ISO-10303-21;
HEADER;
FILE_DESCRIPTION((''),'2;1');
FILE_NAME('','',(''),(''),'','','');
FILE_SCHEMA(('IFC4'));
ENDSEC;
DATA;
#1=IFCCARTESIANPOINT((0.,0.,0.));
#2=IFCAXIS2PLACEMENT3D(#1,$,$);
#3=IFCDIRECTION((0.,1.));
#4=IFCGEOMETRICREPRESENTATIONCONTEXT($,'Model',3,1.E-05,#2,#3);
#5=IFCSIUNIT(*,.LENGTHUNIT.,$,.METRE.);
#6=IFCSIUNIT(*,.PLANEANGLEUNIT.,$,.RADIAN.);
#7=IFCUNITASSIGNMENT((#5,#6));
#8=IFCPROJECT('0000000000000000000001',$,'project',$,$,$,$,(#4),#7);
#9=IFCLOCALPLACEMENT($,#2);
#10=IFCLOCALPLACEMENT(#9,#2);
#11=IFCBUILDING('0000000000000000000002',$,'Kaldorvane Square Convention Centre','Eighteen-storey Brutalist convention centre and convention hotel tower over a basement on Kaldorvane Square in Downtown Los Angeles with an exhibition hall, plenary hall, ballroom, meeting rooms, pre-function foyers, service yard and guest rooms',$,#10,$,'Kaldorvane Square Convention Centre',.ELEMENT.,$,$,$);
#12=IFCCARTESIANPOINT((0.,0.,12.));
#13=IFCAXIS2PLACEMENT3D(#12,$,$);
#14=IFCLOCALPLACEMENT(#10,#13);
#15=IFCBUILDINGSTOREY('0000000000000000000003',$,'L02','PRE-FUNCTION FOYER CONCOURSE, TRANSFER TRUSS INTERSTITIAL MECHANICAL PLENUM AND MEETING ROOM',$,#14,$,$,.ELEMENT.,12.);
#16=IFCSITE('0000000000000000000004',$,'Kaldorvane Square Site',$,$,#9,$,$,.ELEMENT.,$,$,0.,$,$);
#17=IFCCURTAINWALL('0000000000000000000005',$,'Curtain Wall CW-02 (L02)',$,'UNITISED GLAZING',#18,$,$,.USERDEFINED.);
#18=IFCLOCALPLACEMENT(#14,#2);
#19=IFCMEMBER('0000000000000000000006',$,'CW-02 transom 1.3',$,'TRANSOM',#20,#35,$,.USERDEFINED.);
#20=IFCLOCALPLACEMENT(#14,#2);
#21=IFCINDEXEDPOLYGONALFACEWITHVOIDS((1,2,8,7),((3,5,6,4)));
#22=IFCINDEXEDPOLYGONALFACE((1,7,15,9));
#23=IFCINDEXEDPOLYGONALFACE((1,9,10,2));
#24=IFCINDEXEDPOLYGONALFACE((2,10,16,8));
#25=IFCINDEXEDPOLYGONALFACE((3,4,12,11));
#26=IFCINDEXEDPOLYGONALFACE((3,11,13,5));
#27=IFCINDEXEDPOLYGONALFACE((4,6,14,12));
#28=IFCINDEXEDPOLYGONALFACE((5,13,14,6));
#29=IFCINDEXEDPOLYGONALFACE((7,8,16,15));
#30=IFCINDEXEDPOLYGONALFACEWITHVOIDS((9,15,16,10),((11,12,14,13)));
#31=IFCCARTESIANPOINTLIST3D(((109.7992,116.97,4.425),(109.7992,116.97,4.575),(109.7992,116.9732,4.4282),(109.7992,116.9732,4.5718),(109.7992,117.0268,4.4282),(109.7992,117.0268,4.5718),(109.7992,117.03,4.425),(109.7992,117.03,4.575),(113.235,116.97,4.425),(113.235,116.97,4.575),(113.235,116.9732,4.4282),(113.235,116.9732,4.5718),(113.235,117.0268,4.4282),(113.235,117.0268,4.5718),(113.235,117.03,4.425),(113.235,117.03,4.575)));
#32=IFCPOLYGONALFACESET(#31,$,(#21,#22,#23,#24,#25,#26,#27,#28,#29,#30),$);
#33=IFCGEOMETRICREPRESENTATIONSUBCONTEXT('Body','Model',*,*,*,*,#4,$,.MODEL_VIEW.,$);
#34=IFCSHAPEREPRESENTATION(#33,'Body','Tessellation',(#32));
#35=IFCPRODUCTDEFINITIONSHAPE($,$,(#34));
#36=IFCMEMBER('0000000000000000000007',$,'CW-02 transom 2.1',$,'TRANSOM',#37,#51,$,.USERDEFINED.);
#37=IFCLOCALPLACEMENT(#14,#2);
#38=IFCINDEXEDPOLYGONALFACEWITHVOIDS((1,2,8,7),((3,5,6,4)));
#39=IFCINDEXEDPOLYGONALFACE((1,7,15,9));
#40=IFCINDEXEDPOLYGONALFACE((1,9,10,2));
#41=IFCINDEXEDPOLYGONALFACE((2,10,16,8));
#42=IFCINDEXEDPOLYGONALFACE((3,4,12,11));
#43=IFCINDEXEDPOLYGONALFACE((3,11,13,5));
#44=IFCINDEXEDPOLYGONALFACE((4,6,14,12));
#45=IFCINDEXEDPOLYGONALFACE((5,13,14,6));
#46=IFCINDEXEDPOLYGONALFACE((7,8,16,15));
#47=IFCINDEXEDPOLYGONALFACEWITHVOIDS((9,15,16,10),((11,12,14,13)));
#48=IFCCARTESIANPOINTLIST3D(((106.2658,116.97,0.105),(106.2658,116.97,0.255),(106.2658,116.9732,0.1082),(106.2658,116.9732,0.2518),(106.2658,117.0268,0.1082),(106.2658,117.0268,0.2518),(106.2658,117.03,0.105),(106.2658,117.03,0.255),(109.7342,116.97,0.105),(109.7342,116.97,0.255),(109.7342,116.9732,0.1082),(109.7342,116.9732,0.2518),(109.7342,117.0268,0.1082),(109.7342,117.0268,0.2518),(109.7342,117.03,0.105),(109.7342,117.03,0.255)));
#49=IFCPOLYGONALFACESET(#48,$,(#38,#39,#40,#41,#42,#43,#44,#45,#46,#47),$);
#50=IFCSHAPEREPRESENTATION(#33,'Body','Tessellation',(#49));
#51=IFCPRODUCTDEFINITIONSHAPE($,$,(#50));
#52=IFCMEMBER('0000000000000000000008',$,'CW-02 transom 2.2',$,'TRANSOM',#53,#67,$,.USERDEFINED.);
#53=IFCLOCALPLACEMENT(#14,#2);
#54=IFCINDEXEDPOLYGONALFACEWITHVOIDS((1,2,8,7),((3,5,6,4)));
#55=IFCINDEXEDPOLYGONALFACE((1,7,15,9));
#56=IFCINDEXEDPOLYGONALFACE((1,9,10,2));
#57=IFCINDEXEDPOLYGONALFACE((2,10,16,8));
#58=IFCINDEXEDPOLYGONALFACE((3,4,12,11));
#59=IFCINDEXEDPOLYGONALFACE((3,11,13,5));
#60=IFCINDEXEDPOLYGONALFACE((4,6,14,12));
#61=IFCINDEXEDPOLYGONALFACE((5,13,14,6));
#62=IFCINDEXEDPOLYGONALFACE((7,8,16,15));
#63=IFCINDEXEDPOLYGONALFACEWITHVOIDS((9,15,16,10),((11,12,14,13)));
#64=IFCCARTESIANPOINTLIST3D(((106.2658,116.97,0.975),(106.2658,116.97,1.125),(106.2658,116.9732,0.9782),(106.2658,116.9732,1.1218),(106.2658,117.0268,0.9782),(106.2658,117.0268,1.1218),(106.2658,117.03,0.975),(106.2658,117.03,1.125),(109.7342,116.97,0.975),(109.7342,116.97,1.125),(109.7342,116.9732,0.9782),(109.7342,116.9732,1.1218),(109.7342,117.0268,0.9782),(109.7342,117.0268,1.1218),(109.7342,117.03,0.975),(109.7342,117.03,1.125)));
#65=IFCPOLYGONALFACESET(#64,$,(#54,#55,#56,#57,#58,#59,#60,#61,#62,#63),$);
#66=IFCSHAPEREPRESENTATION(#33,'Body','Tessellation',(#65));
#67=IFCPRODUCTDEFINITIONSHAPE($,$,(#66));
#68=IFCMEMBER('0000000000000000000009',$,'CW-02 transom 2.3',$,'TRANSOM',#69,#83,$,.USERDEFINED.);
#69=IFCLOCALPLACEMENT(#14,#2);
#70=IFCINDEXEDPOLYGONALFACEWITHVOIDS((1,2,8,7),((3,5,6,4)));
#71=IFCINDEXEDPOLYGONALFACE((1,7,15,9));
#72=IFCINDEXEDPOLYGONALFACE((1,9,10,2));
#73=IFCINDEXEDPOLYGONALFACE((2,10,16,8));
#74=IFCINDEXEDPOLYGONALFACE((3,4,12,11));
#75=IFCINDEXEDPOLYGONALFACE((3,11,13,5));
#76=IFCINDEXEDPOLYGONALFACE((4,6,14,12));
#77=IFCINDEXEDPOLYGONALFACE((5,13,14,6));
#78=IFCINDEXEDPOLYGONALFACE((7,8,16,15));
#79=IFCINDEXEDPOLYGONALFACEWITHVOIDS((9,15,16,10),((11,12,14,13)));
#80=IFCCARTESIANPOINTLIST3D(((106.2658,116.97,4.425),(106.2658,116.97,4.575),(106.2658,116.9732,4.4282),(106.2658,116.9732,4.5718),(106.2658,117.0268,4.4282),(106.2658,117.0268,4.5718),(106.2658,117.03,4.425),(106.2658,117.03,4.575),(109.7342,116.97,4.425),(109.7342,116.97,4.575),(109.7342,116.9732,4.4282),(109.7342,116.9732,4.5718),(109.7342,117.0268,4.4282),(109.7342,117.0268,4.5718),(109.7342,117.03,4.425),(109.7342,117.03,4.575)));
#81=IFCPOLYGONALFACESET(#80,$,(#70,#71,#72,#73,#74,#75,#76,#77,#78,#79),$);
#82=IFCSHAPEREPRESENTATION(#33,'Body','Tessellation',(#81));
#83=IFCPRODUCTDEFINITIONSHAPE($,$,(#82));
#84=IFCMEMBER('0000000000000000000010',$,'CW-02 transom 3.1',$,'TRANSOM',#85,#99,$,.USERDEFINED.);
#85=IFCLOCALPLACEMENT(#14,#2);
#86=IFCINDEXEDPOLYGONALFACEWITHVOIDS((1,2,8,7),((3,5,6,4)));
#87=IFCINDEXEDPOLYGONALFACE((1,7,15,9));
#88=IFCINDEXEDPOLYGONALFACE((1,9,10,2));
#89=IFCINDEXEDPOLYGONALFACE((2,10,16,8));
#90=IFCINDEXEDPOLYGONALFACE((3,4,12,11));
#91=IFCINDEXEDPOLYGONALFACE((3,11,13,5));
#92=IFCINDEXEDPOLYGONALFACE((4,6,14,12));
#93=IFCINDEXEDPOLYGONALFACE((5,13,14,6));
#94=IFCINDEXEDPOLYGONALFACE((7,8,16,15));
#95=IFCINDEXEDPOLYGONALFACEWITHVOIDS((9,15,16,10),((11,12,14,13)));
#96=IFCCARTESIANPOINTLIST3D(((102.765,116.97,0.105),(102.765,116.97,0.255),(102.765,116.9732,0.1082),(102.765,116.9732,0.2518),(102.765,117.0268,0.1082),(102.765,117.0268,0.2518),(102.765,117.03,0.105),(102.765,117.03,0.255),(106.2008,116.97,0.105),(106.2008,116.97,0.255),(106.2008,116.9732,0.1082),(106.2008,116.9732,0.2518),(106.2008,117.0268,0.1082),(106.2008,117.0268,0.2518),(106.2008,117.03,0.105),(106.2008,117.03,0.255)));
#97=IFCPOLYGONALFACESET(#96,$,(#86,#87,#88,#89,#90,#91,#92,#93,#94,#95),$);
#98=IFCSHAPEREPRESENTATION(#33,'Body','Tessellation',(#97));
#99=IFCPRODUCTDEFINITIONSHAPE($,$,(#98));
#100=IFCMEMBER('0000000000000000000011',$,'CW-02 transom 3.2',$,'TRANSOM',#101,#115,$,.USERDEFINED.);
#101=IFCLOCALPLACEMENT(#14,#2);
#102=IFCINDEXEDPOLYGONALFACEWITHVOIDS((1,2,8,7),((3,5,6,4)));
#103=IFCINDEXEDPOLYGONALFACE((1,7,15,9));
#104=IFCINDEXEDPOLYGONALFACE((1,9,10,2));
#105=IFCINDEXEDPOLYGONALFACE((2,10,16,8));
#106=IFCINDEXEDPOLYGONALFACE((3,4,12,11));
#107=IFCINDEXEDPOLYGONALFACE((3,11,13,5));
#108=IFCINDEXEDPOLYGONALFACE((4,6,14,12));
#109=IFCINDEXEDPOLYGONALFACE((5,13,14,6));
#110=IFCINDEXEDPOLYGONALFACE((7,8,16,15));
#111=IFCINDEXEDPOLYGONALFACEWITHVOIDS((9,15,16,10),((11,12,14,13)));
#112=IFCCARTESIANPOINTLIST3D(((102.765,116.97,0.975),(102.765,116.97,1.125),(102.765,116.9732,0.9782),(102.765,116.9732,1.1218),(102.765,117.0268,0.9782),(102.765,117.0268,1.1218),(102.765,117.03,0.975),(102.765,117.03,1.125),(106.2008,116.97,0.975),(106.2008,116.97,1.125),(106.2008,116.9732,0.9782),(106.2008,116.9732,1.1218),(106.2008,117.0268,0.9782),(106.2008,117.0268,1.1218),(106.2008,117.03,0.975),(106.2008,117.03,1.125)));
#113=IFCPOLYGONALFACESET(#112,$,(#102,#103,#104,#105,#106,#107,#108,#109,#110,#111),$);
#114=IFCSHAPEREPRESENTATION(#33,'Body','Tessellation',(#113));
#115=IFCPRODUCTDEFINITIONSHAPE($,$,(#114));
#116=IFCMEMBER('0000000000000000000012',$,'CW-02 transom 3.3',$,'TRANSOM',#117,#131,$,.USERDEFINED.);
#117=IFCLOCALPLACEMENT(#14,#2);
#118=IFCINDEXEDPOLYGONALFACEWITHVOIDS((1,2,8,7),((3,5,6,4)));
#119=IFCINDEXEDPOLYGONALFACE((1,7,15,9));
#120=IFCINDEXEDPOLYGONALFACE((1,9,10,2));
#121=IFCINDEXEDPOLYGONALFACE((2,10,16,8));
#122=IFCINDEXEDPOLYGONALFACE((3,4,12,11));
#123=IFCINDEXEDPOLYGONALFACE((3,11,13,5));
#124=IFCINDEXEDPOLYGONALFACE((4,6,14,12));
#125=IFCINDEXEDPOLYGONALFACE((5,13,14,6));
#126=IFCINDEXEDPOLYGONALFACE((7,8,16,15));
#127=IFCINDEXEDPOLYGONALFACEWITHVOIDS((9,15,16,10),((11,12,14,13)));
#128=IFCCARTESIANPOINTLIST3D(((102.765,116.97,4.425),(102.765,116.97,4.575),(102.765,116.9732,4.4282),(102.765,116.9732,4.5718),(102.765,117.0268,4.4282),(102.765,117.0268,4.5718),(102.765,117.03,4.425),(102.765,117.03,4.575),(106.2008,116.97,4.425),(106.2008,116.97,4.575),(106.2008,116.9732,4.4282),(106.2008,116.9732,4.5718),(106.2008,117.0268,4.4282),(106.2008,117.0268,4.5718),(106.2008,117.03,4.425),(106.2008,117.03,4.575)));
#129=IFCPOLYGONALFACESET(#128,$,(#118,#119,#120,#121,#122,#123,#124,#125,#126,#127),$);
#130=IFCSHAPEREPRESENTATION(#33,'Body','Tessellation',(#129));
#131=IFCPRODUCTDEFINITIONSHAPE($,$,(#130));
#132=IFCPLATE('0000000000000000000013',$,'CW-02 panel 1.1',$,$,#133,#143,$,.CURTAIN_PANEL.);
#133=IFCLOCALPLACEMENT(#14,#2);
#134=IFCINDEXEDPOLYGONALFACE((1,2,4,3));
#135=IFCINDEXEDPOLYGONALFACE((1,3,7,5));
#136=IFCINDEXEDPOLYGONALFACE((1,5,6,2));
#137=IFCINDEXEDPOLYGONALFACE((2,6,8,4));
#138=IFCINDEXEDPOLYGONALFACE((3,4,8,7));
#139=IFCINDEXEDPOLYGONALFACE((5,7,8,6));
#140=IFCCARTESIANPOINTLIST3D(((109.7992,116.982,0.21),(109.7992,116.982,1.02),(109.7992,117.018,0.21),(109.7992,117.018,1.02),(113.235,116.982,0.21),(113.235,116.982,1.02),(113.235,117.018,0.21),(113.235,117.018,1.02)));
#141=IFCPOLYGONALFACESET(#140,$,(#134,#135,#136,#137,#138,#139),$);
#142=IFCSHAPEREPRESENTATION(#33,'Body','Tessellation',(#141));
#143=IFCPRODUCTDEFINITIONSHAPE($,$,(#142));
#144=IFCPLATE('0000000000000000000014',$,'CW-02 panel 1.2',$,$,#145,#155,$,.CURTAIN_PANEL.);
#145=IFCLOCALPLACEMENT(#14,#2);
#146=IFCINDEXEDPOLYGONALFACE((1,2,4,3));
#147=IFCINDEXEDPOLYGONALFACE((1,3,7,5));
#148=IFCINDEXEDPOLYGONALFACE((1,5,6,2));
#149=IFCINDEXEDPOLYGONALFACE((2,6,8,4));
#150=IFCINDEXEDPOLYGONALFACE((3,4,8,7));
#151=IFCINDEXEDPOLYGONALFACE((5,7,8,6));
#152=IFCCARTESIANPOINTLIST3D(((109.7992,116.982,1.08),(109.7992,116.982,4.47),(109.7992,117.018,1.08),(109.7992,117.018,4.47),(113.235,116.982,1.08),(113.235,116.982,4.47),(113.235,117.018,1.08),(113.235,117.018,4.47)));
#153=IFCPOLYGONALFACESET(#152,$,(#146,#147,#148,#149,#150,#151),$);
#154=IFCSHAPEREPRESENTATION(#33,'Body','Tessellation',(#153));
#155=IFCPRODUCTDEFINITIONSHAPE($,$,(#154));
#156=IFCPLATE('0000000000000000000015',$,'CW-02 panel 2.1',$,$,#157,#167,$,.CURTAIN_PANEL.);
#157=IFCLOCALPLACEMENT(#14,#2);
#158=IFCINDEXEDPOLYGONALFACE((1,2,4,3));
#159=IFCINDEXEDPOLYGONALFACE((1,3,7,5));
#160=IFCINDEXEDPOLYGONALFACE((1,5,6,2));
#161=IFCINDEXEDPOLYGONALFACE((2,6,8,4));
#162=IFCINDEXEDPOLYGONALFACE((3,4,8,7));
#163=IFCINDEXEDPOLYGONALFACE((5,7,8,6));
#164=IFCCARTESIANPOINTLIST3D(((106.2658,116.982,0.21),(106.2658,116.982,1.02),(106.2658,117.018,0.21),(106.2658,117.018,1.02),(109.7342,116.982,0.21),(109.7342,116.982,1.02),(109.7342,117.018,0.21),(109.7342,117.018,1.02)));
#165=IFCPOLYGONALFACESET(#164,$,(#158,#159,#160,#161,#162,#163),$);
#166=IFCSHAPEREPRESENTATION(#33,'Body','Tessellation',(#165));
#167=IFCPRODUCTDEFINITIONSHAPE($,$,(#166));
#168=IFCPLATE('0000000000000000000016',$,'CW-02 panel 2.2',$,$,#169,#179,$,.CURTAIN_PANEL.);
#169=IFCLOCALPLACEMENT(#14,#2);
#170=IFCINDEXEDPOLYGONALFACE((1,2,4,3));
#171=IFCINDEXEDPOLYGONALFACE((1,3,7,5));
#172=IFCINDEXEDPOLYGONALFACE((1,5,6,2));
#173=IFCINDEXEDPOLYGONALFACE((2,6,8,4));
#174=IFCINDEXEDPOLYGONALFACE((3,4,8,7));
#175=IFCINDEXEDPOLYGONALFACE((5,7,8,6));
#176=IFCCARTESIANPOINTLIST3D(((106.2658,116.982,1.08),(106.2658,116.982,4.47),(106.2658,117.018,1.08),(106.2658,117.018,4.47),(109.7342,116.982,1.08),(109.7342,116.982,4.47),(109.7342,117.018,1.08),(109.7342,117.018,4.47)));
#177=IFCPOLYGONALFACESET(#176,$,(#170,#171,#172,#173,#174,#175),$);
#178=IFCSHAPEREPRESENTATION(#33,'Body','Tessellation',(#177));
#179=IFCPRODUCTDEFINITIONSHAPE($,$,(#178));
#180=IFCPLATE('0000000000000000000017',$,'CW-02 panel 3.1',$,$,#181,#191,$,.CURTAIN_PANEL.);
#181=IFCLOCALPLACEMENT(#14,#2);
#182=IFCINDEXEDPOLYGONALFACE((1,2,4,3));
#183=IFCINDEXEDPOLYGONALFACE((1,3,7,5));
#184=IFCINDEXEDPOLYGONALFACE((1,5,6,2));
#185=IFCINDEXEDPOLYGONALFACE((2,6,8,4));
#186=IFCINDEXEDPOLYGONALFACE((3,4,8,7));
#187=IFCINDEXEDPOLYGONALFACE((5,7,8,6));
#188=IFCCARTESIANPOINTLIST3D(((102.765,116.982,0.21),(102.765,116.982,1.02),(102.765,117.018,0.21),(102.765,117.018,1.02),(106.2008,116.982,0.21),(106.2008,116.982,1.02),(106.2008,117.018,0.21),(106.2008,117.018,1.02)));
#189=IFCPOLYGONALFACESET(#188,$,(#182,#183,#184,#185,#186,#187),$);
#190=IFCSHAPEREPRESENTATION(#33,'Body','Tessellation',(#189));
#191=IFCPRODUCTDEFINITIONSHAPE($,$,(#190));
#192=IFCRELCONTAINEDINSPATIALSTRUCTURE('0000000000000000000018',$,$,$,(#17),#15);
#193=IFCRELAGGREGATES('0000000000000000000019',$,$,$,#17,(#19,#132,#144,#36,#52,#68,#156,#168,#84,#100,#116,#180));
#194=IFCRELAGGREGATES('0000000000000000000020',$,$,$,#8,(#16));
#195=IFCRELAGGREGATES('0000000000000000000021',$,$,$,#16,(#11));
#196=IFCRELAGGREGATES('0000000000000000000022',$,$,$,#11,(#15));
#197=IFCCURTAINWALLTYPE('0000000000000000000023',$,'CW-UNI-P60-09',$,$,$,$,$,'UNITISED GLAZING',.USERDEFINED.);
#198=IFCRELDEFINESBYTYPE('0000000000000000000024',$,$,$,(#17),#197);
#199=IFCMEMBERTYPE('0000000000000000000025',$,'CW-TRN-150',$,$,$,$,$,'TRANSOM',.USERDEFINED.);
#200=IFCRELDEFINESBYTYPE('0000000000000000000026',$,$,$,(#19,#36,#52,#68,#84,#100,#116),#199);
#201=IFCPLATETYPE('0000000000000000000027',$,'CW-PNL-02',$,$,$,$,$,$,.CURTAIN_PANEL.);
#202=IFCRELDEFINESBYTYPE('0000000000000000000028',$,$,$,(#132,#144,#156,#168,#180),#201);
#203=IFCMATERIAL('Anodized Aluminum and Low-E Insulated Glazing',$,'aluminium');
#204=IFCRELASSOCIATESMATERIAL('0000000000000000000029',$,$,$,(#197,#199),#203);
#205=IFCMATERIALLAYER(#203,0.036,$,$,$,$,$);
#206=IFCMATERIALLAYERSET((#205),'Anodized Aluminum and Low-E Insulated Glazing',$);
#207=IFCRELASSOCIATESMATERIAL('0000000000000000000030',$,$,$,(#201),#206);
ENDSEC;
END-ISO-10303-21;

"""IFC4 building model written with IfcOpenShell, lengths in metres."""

from ifc_helpers import new_model, si_unit, direction, frame, origin, origin_2d, place, context, subcontext, project, spatial, rectangle, hollow_rectangle, extrude, material, layer, layer_set, material_profile, profile_set, type_object, element, aggregate, save


model = new_model("IFC4")

# Units and contexts
model_context = context("Model", 3, precision=1e-05, world=origin(), true_north=direction((0.0, 1.0)))
body_context = subcontext(model_context, "Body", "Model", "MODEL_VIEW")
ifc_project = project(units=[si_unit("LENGTHUNIT", "METRE"), si_unit("PLANEANGLEUNIT", "RADIAN")], contexts=[model_context])

# Site, building, storey
site_placement = place(None, origin())
site = spatial("IfcSite", under=ifc_project, at=site_placement, Name="Kaldorvane Square Site", CompositionType="ELEMENT", RefElevation=0.0)
building_placement = place(site_placement, origin())
building = spatial("IfcBuilding", under=site, at=building_placement, Name="Kaldorvane Square Convention Centre", Description="Eighteen-storey Brutalist convention centre and convention hotel tower over a basement on Kaldorvane Square in Downtown Los Angeles with an exhibition hall, plenary hall, ballroom, meeting rooms, pre-function foyers, service yard and guest rooms", LongName="Kaldorvane Square Convention Centre", CompositionType="ELEMENT")
storey_placement = place(building_placement, frame((0.0, 0.0, 12.0)))
storey = spatial("IfcBuildingStorey", under=building, at=storey_placement, Name="L02", Description="PRE-FUNCTION FOYER CONCOURSE, TRANSFER TRUSS INTERSTITIAL MECHANICAL PLENUM AND MEETING ROOM", CompositionType="ELEMENT", Elevation=12.0)

# Curtain wall, members, plates
ifc_material_1 = material(Name="Anodized Aluminum and Low-E Insulated Glazing", Category="aluminium")
curtain_wall_type = type_object("IfcCurtainWallType", Name="CW-UNI-P60-09", ElementType="UNITISED GLAZING", PredefinedType="USERDEFINED", material=ifc_material_1)
curtain_wall_placement = place(storey_placement, origin())
curtain_wall = element("IfcCurtainWall", 1, at=curtain_wall_placement, inside=storey, type_object=curtain_wall_type, Name="Curtain Wall CW-02 (L02)", ObjectType="UNITISED GLAZING", PredefinedType="USERDEFINED")
ifc_material_profile_1 = material_profile(ifc_material_1, hollow_rectangle(XDim=0.06, YDim=0.15, WallThickness=0.0032, at=origin_2d()), Name="CWT-150X60")
ifc_profile_set_1 = profile_set([ifc_material_profile_1], Name="Anodized Aluminum and Low-E Insulated Glazing")
member_type_1 = type_object("IfcMemberType", Name="CW-TRN-150", ElementType="TRANSOM", PredefinedType="USERDEFINED", material=ifc_profile_set_1)
member_1_placement = place(storey_placement, frame((113.235, 117.0, 4.5), z_axis=(-1.0, 0.0, 0.0), x_axis=(0.0, -1.0, 0.0)))
member_1 = element("IfcMember", 2, at=member_1_placement, type_object=member_type_1, Name="CW-02 transom 1.3", ObjectType="TRANSOM", PredefinedType="USERDEFINED", context=body_context, shape_type="SweptSolid", body=[
    extrude(hollow_rectangle(XDim=0.06, YDim=0.15, WallThickness=0.0032, at=origin_2d()), origin(), (0.0, 0.0, 1.0), 3.4358),
])
member_2_placement = place(storey_placement, frame((109.7342, 117.0, 0.18), z_axis=(-1.0, 0.0, 0.0), x_axis=(0.0, -1.0, 0.0)))
member_2 = element("IfcMember", 3, at=member_2_placement, type_object=member_type_1, Name="CW-02 transom 2.1", ObjectType="TRANSOM", PredefinedType="USERDEFINED", context=body_context, shape_type="SweptSolid", body=[
    extrude(hollow_rectangle(XDim=0.06, YDim=0.15, WallThickness=0.0032, at=origin_2d()), origin(), (0.0, 0.0, 1.0), 3.4683),
])
member_3_placement = place(storey_placement, frame((109.7342, 117.0, 1.05), z_axis=(-1.0, 0.0, 0.0), x_axis=(0.0, -1.0, 0.0)))
member_3 = element("IfcMember", 4, at=member_3_placement, type_object=member_type_1, Name="CW-02 transom 2.2", ObjectType="TRANSOM", PredefinedType="USERDEFINED", context=body_context, shape_type="SweptSolid", body=[
    extrude(hollow_rectangle(XDim=0.06, YDim=0.15, WallThickness=0.0032, at=origin_2d()), origin(), (0.0, 0.0, 1.0), 3.4683),
])
member_4_placement = place(storey_placement, frame((109.7342, 117.0, 4.5), z_axis=(-1.0, 0.0, 0.0), x_axis=(0.0, -1.0, 0.0)))
member_4 = element("IfcMember", 5, at=member_4_placement, type_object=member_type_1, Name="CW-02 transom 2.3", ObjectType="TRANSOM", PredefinedType="USERDEFINED", context=body_context, shape_type="SweptSolid", body=[
    extrude(hollow_rectangle(XDim=0.06, YDim=0.15, WallThickness=0.0032, at=origin_2d()), origin(), (0.0, 0.0, 1.0), 3.4683),
])
member_5_placement = place(storey_placement, frame((106.2008, 117.0, 0.18), z_axis=(-1.0, 0.0, 0.0), x_axis=(0.0, -1.0, 0.0)))
member_5 = element("IfcMember", 6, at=member_5_placement, type_object=member_type_1, Name="CW-02 transom 3.1", ObjectType="TRANSOM", PredefinedType="USERDEFINED", context=body_context, shape_type="SweptSolid", body=[
    extrude(hollow_rectangle(XDim=0.06, YDim=0.15, WallThickness=0.0032, at=origin_2d()), origin(), (0.0, 0.0, 1.0), 3.4358),
])
member_6_placement = place(storey_placement, frame((106.2008, 117.0, 1.05), z_axis=(-1.0, 0.0, 0.0), x_axis=(0.0, -1.0, 0.0)))
member_6 = element("IfcMember", 7, at=member_6_placement, type_object=member_type_1, Name="CW-02 transom 3.2", ObjectType="TRANSOM", PredefinedType="USERDEFINED", context=body_context, shape_type="SweptSolid", body=[
    extrude(hollow_rectangle(XDim=0.06, YDim=0.15, WallThickness=0.0032, at=origin_2d()), origin(), (0.0, 0.0, 1.0), 3.4358),
])
member_7_placement = place(storey_placement, frame((106.2008, 117.0, 4.5), z_axis=(-1.0, 0.0, 0.0), x_axis=(0.0, -1.0, 0.0)))
member_7 = element("IfcMember", 8, at=member_7_placement, type_object=member_type_1, Name="CW-02 transom 3.3", ObjectType="TRANSOM", PredefinedType="USERDEFINED", context=body_context, shape_type="SweptSolid", body=[
    extrude(hollow_rectangle(XDim=0.06, YDim=0.15, WallThickness=0.0032, at=origin_2d()), origin(), (0.0, 0.0, 1.0), 3.4358),
])
ifc_layer_1 = layer(ifc_material_1, 0.036)
ifc_layer_set_1 = layer_set([ifc_layer_1], Name="Anodized Aluminum and Low-E Insulated Glazing")
plate_type = type_object("IfcPlateType", Name="CW-PNL-02", PredefinedType="CURTAIN_PANEL", material=ifc_layer_set_1)
plate_1_placement = place(storey_placement, frame((111.5171, 117.0, 0.21), z_axis=(0.0, 0.0, 1.0), x_axis=(-1.0, 0.0, 0.0)))
plate_1 = element("IfcPlate", 9, at=plate_1_placement, type_object=plate_type, Name="CW-02 panel 1.1", PredefinedType="CURTAIN_PANEL", context=body_context, shape_type="SweptSolid", body=[
    extrude(rectangle(XDim=3.4358, YDim=0.036, at=origin_2d()), origin(), (0.0, 0.0, 1.0), 0.81),
])
plate_2_placement = place(storey_placement, frame((111.5171, 117.0, 1.08), z_axis=(0.0, 0.0, 1.0), x_axis=(-1.0, 0.0, 0.0)))
plate_2 = element("IfcPlate", 10, at=plate_2_placement, type_object=plate_type, Name="CW-02 panel 1.2", PredefinedType="CURTAIN_PANEL", context=body_context, shape_type="SweptSolid", body=[
    extrude(rectangle(XDim=3.4358, YDim=0.036, at=origin_2d()), origin(), (0.0, 0.0, 1.0), 3.39),
])
plate_3_placement = place(storey_placement, frame((108.0, 117.0, 0.21), z_axis=(0.0, 0.0, 1.0), x_axis=(-1.0, 0.0, 0.0)))
plate_3 = element("IfcPlate", 11, at=plate_3_placement, type_object=plate_type, Name="CW-02 panel 2.1", PredefinedType="CURTAIN_PANEL", context=body_context, shape_type="SweptSolid", body=[
    extrude(rectangle(XDim=3.4683, YDim=0.036, at=origin_2d()), origin(), (0.0, 0.0, 1.0), 0.81),
])
plate_4_placement = place(storey_placement, frame((108.0, 117.0, 1.08), z_axis=(0.0, 0.0, 1.0), x_axis=(-1.0, 0.0, 0.0)))
plate_4 = element("IfcPlate", 12, at=plate_4_placement, type_object=plate_type, Name="CW-02 panel 2.2", PredefinedType="CURTAIN_PANEL", context=body_context, shape_type="SweptSolid", body=[
    extrude(rectangle(XDim=3.4683, YDim=0.036, at=origin_2d()), origin(), (0.0, 0.0, 1.0), 3.39),
])
plate_5_placement = place(storey_placement, frame((104.4829, 117.0, 0.21), z_axis=(0.0, 0.0, 1.0), x_axis=(-1.0, 0.0, 0.0)))
plate_5 = element("IfcPlate", 13, at=plate_5_placement, type_object=plate_type, Name="CW-02 panel 3.1", PredefinedType="CURTAIN_PANEL", context=body_context, shape_type="SweptSolid", body=[
    extrude(rectangle(XDim=3.4358, YDim=0.036, at=origin_2d()), origin(), (0.0, 0.0, 1.0), 0.81),
])
aggregate(curtain_wall, [member_1, plate_1, plate_2, member_2, member_3, member_4, plate_3, plate_4, member_5, member_6, member_7, plate_5])

save(model, "model.ifc")
